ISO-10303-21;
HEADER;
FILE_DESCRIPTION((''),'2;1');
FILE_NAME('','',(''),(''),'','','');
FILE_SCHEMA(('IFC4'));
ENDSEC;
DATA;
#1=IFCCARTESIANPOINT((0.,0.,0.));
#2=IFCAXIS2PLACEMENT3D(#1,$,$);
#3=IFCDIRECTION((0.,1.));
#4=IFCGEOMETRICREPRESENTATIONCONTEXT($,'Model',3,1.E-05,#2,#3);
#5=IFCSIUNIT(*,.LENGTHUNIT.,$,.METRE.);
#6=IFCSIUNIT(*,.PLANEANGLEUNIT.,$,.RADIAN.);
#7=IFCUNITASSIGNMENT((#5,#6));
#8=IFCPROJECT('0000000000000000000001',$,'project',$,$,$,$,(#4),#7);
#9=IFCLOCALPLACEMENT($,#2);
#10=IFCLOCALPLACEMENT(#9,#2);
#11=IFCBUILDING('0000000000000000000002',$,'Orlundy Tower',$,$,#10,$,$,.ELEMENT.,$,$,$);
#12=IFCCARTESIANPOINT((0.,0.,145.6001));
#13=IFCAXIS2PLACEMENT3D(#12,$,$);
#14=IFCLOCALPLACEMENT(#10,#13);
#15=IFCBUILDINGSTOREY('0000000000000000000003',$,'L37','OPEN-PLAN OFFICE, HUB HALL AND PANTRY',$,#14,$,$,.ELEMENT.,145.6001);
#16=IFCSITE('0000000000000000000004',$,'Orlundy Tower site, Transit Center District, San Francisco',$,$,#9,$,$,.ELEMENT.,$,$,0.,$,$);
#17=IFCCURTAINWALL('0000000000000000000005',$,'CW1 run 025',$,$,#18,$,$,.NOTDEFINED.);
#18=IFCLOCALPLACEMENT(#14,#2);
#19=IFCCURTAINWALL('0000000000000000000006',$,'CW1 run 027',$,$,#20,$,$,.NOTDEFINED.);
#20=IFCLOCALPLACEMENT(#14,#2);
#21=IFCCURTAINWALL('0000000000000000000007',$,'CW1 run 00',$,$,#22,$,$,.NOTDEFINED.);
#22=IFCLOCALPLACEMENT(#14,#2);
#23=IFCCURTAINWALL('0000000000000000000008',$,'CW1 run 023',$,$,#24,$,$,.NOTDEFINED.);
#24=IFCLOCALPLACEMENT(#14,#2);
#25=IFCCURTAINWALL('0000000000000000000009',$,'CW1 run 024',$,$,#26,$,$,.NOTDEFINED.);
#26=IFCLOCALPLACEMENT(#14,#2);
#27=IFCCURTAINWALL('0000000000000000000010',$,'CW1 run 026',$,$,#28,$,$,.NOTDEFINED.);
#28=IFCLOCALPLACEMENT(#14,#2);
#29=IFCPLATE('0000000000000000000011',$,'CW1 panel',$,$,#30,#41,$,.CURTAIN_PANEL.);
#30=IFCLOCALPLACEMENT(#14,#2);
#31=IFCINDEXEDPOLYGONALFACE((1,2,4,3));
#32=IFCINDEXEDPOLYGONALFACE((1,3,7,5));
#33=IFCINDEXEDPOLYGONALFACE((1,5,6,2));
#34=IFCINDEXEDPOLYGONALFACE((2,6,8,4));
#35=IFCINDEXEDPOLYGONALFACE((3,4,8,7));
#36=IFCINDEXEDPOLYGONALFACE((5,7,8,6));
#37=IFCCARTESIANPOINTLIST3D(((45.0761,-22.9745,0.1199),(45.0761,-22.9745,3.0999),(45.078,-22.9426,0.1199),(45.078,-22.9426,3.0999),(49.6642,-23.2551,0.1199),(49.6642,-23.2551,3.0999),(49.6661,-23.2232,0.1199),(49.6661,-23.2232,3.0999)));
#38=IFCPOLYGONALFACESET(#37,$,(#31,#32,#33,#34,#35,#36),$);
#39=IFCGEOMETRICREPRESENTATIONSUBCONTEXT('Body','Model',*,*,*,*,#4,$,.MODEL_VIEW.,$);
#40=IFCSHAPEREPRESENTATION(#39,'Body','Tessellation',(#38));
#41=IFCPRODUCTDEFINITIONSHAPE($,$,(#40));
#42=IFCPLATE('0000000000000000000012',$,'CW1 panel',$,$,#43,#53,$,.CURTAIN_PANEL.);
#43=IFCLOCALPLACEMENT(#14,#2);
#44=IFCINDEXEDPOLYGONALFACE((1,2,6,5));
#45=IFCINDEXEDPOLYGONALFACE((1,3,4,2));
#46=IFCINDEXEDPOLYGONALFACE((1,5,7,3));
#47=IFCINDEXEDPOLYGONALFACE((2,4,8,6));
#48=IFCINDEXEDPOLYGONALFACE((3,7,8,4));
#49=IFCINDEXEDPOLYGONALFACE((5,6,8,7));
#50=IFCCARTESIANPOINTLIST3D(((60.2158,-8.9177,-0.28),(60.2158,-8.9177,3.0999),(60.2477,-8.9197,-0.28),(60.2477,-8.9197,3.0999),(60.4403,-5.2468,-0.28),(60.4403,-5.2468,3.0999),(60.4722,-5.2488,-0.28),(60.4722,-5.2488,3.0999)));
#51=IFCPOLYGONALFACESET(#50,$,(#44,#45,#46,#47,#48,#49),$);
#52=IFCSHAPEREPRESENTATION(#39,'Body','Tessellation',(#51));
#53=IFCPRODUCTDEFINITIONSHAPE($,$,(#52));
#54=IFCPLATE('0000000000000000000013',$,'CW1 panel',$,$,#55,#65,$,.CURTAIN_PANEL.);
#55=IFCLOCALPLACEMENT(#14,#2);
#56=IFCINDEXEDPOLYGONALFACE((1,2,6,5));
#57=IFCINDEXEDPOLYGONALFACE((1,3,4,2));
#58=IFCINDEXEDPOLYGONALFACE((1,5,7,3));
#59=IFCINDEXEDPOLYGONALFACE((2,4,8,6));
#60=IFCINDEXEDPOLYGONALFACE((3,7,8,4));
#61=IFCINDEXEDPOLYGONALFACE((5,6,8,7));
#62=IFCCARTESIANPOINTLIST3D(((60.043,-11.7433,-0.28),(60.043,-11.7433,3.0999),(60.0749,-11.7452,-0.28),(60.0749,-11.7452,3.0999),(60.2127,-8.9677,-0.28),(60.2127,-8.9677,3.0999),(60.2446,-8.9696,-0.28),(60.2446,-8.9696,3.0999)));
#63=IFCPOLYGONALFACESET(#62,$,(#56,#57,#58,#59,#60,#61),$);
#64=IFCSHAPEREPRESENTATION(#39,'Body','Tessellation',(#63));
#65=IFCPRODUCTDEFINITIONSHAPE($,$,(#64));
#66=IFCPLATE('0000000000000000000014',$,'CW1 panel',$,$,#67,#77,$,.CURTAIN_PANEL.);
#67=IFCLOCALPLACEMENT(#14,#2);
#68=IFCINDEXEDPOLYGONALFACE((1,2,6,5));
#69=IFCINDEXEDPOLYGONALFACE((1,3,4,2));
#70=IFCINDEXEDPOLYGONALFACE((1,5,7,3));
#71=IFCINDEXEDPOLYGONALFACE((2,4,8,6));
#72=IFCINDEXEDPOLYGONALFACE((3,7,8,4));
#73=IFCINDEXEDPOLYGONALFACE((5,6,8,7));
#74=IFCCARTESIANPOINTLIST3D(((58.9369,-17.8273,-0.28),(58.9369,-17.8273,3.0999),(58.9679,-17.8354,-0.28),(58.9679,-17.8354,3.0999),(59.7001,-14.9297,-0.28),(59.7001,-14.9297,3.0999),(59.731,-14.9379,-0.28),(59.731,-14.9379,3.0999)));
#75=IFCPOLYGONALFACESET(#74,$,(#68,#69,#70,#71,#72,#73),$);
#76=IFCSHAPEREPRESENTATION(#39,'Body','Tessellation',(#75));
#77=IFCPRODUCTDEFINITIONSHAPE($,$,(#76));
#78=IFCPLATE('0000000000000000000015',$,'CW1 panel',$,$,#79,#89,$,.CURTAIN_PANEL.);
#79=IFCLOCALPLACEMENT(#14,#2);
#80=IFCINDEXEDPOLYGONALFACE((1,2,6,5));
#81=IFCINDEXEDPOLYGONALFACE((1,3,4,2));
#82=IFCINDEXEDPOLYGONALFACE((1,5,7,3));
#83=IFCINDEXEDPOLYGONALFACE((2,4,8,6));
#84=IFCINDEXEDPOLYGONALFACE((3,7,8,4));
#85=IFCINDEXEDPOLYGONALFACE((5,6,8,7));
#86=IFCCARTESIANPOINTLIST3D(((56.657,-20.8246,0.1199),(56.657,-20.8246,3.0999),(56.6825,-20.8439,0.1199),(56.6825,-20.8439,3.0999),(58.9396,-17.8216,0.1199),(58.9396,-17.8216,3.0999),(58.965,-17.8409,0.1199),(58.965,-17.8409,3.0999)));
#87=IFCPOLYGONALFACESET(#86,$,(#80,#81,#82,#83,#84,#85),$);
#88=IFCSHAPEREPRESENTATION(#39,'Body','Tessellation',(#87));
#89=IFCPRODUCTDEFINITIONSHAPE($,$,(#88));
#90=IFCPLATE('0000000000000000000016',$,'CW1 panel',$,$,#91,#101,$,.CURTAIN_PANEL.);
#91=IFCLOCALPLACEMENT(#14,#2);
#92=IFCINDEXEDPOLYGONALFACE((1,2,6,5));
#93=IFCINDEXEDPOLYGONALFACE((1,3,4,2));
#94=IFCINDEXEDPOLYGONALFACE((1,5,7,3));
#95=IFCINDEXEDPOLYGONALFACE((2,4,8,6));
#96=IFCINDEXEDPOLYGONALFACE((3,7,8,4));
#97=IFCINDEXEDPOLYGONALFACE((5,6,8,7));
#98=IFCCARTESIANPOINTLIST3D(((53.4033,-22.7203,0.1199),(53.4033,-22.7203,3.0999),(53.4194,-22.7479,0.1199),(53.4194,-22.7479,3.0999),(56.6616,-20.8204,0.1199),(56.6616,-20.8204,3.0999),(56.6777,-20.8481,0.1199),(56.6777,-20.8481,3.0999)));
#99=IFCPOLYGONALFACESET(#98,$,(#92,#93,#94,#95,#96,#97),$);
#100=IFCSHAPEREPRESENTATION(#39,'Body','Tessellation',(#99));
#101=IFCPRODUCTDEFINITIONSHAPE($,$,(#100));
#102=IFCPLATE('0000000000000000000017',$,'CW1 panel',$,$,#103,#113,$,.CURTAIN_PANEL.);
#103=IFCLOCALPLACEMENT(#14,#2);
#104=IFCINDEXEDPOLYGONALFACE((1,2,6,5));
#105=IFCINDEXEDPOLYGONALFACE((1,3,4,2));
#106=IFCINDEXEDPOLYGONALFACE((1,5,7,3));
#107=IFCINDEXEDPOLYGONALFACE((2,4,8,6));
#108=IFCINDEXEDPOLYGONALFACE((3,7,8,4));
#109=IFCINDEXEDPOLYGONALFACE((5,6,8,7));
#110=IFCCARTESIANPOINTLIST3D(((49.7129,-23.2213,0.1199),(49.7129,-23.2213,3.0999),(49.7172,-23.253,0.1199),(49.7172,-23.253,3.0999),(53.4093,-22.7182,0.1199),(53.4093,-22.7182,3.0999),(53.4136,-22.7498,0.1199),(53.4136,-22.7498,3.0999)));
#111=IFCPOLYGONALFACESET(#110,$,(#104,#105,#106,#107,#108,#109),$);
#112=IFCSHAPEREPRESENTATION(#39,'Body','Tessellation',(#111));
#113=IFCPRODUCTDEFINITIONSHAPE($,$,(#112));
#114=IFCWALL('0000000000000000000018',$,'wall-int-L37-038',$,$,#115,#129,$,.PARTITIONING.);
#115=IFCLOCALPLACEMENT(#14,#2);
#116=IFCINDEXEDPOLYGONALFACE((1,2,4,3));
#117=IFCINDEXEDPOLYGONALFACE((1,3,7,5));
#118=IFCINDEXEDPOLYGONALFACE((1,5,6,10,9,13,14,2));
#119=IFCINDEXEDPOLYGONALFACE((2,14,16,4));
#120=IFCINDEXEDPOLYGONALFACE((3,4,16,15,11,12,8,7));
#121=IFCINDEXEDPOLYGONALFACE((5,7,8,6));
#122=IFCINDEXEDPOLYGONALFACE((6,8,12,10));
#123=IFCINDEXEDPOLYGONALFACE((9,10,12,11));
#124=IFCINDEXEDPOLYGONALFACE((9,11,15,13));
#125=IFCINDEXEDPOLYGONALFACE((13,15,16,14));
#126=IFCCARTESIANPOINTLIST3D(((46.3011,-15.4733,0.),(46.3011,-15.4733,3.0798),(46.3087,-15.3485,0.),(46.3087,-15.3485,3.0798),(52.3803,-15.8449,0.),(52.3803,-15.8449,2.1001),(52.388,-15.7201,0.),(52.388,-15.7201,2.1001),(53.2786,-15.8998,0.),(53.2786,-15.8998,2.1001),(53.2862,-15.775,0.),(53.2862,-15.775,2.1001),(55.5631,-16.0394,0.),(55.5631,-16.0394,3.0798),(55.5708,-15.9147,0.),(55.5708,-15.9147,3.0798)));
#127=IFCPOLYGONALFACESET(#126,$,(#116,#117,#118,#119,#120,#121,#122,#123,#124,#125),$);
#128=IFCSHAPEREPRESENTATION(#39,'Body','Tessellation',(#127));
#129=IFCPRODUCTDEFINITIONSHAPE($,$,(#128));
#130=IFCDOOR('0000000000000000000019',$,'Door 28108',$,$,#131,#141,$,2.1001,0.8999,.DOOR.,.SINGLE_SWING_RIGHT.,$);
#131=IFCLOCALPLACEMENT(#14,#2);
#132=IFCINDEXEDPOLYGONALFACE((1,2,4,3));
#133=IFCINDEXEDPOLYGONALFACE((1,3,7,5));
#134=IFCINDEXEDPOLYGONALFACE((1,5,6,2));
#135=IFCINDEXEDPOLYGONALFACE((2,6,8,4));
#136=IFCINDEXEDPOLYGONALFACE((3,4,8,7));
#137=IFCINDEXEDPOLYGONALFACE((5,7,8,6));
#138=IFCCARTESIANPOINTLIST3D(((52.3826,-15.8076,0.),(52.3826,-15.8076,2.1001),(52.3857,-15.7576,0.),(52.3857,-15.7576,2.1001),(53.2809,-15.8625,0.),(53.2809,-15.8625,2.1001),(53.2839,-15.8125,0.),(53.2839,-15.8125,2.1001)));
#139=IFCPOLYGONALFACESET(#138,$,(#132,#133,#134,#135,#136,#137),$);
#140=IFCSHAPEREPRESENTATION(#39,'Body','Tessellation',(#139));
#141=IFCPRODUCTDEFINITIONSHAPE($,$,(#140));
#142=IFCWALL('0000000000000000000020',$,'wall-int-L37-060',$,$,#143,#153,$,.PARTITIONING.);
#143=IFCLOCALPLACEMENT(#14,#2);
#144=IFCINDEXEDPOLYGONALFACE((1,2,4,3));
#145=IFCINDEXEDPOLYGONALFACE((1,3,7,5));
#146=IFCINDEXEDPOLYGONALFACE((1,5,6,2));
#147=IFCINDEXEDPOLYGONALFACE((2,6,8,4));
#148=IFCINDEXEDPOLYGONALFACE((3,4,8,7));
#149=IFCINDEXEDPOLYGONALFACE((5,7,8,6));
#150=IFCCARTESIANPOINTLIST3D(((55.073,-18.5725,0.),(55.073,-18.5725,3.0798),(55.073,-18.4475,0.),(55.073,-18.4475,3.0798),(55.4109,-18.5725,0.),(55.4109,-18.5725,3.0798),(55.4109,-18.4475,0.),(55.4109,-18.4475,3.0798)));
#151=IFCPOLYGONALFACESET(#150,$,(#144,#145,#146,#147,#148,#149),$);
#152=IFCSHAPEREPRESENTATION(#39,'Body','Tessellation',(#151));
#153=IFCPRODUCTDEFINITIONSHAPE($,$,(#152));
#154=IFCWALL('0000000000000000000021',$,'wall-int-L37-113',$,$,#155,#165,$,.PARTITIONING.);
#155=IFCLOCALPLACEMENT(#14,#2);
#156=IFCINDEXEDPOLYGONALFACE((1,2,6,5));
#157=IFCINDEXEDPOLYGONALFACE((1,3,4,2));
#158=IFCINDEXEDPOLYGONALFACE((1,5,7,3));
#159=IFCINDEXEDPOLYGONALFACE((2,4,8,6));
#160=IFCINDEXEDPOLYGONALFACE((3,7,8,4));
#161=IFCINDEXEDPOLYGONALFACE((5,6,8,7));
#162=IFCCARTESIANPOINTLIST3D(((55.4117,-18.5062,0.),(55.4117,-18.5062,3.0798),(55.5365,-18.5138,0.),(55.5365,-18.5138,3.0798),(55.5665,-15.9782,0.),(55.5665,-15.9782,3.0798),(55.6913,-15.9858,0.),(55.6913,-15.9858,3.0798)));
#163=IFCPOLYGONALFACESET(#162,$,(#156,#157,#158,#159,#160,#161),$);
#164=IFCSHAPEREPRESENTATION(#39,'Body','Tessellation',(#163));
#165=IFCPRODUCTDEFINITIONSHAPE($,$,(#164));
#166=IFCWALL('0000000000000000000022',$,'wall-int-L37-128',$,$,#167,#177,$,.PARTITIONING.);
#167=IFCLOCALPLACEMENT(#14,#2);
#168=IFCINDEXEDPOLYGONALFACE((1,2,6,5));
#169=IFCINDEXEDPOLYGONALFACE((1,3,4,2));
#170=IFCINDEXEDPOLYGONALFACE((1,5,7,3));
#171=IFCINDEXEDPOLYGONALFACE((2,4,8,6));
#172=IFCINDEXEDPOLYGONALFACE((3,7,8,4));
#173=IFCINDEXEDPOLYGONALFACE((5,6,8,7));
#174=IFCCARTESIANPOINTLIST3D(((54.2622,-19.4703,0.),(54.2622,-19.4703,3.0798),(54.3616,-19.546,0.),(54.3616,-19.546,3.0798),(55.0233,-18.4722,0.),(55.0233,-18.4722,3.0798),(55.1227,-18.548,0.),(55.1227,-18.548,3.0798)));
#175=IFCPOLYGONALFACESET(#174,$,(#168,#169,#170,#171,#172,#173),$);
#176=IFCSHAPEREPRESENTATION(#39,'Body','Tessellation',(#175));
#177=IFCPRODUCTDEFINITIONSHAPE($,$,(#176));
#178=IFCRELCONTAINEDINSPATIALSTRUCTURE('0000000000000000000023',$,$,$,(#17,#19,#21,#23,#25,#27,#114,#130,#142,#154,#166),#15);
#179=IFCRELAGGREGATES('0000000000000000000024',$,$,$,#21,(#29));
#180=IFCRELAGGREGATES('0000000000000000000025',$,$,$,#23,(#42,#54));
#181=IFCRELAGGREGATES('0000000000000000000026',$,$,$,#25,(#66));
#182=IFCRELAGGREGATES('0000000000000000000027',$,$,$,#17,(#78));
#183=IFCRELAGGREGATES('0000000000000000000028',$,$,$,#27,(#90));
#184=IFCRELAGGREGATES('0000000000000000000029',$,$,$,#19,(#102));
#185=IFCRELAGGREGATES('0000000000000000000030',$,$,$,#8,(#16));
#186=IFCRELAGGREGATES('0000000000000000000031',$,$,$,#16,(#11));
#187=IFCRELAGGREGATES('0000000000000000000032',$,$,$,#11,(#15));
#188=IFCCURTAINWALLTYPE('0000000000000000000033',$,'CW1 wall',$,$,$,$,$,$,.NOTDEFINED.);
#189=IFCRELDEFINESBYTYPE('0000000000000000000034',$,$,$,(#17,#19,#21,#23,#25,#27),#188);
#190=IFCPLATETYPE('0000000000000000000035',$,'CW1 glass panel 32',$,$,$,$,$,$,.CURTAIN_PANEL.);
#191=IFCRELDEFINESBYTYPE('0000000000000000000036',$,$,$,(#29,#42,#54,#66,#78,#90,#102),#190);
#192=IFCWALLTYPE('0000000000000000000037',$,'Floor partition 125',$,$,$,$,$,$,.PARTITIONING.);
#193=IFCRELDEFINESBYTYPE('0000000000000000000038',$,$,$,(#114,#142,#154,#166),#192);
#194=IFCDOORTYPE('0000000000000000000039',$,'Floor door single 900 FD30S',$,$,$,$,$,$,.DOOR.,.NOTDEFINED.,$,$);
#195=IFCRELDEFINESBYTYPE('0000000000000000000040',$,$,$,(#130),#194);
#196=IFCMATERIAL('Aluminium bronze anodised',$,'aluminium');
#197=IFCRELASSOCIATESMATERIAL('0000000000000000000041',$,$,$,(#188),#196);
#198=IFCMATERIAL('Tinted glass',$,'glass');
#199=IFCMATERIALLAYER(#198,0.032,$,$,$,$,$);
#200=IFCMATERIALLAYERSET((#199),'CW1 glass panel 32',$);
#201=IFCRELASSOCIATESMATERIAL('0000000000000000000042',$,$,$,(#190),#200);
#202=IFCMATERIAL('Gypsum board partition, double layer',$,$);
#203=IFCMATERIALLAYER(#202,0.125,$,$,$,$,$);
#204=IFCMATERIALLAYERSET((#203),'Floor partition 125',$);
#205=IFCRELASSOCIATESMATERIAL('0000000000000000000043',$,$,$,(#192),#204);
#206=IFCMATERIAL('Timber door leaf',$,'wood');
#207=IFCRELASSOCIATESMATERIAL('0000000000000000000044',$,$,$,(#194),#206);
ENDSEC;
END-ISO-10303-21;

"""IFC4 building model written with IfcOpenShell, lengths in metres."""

from ifc_helpers import new_model, si_unit, direction, frame, frame_2d, origin, origin_2d, place, context, subcontext, project, spatial, rectangle, extrude, material, layer, layer_set, type_object, element, fill, aggregate, save


model = new_model("IFC4")

# Units and contexts
model_context = context("Model", 3, precision=1e-05, world=origin(), true_north=direction((0.0, 1.0)))
body_context = subcontext(model_context, "Body", "Model", "MODEL_VIEW")
ifc_project = project(units=[si_unit("LENGTHUNIT", "METRE"), si_unit("PLANEANGLEUNIT", "RADIAN")], contexts=[model_context])

# Site, building, storey
site_placement = place(None, origin())
site = spatial("IfcSite", under=ifc_project, at=site_placement, Name="Orlundy Tower site, Transit Center District, San Francisco", CompositionType="ELEMENT", RefElevation=0.0)
building_placement = place(site_placement, origin())
building = spatial("IfcBuilding", under=site, at=building_placement, Name="Orlundy Tower", CompositionType="ELEMENT")
storey_placement = place(building_placement, frame((0.0, 0.0, 145.6001)))
storey = spatial("IfcBuildingStorey", under=building, at=storey_placement, Name="L37", Description="OPEN-PLAN OFFICE, HUB HALL AND PANTRY", CompositionType="ELEMENT", Elevation=145.6001)

# Curtain walls
ifc_material_1 = material(Name="Aluminium bronze anodised", Category="aluminium")
curtain_wall_type = type_object("IfcCurtainWallType", Name="CW1 wall", PredefinedType="NOTDEFINED", material=ifc_material_1)
curtain_wall_1_placement = place(storey_placement, origin())
curtain_wall_1 = element("IfcCurtainWall", 1, at=curtain_wall_1_placement, inside=storey, type_object=curtain_wall_type, Name="CW1 run 025", PredefinedType="NOTDEFINED")
curtain_wall_2_placement = place(storey_placement, origin())
curtain_wall_2 = element("IfcCurtainWall", 2, at=curtain_wall_2_placement, inside=storey, type_object=curtain_wall_type, Name="CW1 run 027", PredefinedType="NOTDEFINED")

# Curtain wall
curtain_wall_3_placement = place(storey_placement, origin())
curtain_wall_3 = element("IfcCurtainWall", 3, at=curtain_wall_3_placement, inside=storey, type_object=curtain_wall_type, Name="CW1 run 00", PredefinedType="NOTDEFINED")

# Curtain wall
curtain_wall_4_placement = place(storey_placement, origin())
curtain_wall_4 = element("IfcCurtainWall", 4, at=curtain_wall_4_placement, inside=storey, type_object=curtain_wall_type, Name="CW1 run 023", PredefinedType="NOTDEFINED")

# Curtain wall
curtain_wall_5_placement = place(storey_placement, origin())
curtain_wall_5 = element("IfcCurtainWall", 5, at=curtain_wall_5_placement, inside=storey, type_object=curtain_wall_type, Name="CW1 run 024", PredefinedType="NOTDEFINED")

# Curtain wall
curtain_wall_6_placement = place(storey_placement, origin())
curtain_wall_6 = element("IfcCurtainWall", 6, at=curtain_wall_6_placement, inside=storey, type_object=curtain_wall_type, Name="CW1 run 026", PredefinedType="NOTDEFINED")

# Plates
ifc_material_2 = material(Name="Tinted glass", Category="glass")
ifc_layer_1 = layer(ifc_material_2, 0.032)
ifc_layer_set_1 = layer_set([ifc_layer_1], Name="CW1 glass panel 32")
plate_type = type_object("IfcPlateType", Name="CW1 glass panel 32", PredefinedType="CURTAIN_PANEL", material=ifc_layer_set_1)
plate_1_placement = place(storey_placement, frame((47.3711, -23.0989, 0.1199), z_axis=(0.0, 0.0, 1.0), x_axis=(-0.998135, 0.061043, 0.0)))
plate_1 = element("IfcPlate", 7, at=plate_1_placement, type_object=plate_type, Name="CW1 panel", PredefinedType="CURTAIN_PANEL", context=body_context, shape_type="SweptSolid", body=[
    extrude(rectangle(XDim=4.5967, YDim=0.032, at=origin_2d()), origin(), (0.0, 0.0, 1.0), 2.98),
])
aggregate(curtain_wall_3, [plate_1])
plate_2_placement = place(storey_placement, frame((60.344, -7.0833, -0.28), z_axis=(0.0, 0.0, 1.0), x_axis=(-0.061047, -0.998135, 0.0)))
plate_2 = element("IfcPlate", 8, at=plate_2_placement, type_object=plate_type, Name="CW1 panel", PredefinedType="CURTAIN_PANEL", context=body_context, shape_type="SweptSolid", body=[
    extrude(rectangle(XDim=3.6777, YDim=0.032, at=origin_2d()), origin(), (0.0, 0.0, 1.0), 3.3799),
])
plate_3_placement = place(storey_placement, frame((60.1438, -10.3564, -0.28), z_axis=(0.0, 0.0, 1.0), x_axis=(-0.061047, -0.998135, 0.0)))
plate_3 = element("IfcPlate", 9, at=plate_3_placement, type_object=plate_type, Name="CW1 panel", PredefinedType="CURTAIN_PANEL", context=body_context, shape_type="SweptSolid", body=[
    extrude(rectangle(XDim=2.7808, YDim=0.032, at=origin_2d()), origin(), (0.0, 0.0, 1.0), 3.3799),
])
aggregate(curtain_wall_4, [plate_2, plate_3])
plate_4_placement = place(storey_placement, frame((59.334, -16.3826, -0.28), z_axis=(0.0, 0.0, 1.0), x_axis=(-0.254706, -0.967019, 0.0)))
plate_4 = element("IfcPlate", 10, at=plate_4_placement, type_object=plate_type, Name="CW1 panel", PredefinedType="CURTAIN_PANEL", context=body_context, shape_type="SweptSolid", body=[
    extrude(rectangle(XDim=2.9963, YDim=0.032, at=origin_2d()), origin(), (0.0, 0.0, 1.0), 3.3799),
])
aggregate(curtain_wall_5, [plate_4])
plate_5_placement = place(storey_placement, frame((57.811, -19.3328, 0.1199), z_axis=(0.0, 0.0, 1.0), x_axis=(-0.605124, -0.796131, 0.0)))
plate_5 = element("IfcPlate", 11, at=plate_5_placement, type_object=plate_type, Name="CW1 panel", PredefinedType="CURTAIN_PANEL", context=body_context, shape_type="SweptSolid", body=[
    extrude(rectangle(XDim=3.772, YDim=0.032, at=origin_2d()), origin(), (0.0, 0.0, 1.0), 2.98),
])
aggregate(curtain_wall_1, [plate_5])
plate_6_placement = place(storey_placement, frame((55.0405, -21.7842, 0.1199), z_axis=(0.0, 0.0, 1.0), x_axis=(-0.863877, -0.503703, 0.0)))
plate_6 = element("IfcPlate", 12, at=plate_6_placement, type_object=plate_type, Name="CW1 panel", PredefinedType="CURTAIN_PANEL", context=body_context, shape_type="SweptSolid", body=[
    extrude(rectangle(XDim=3.7717, YDim=0.032, at=origin_2d()), origin(), (0.0, 0.0, 1.0), 2.98),
])
aggregate(curtain_wall_6, [plate_6])
plate_7_placement = place(storey_placement, frame((51.5632, -22.9856, 0.1199), z_axis=(0.0, 0.0, 1.0), x_axis=(-0.990861, -0.134884, 0.0)))
plate_7 = element("IfcPlate", 13, at=plate_7_placement, type_object=plate_type, Name="CW1 panel", PredefinedType="CURTAIN_PANEL", context=body_context, shape_type="SweptSolid", body=[
    extrude(rectangle(XDim=3.7305, YDim=0.032, at=origin_2d()), origin(), (0.0, 0.0, 1.0), 2.98),
])
aggregate(curtain_wall_2, [plate_7])

# Wall, opening, door
ifc_material_3 = material(Name="Gypsum board partition, double layer")
ifc_layer_2 = layer(ifc_material_3, 0.125)
ifc_layer_set_2 = layer_set([ifc_layer_2], Name="Floor partition 125")
wall_type_1 = type_object("IfcWallType", Name="Floor partition 125", PredefinedType="PARTITIONING", material=ifc_layer_set_2)
wall_1_placement = place(storey_placement, frame((46.3049, -15.4109, 0.0), z_axis=(0.0, 0.0, 1.0), x_axis=(0.998137, -0.061014, 0.0)))
wall_1 = element("IfcWall", 14, at=wall_1_placement, inside=storey, type_object=wall_type_1, Name="wall-int-L37-038", PredefinedType="PARTITIONING", context=body_context, shape_type="SweptSolid", body=[
    extrude(rectangle(XDim=9.2793, YDim=0.125, at=frame_2d((4.6396, 0.0))), origin(), (0.0, 0.0, 1.0), 3.0798),
])
opening_1_placement = place(wall_1_placement, frame((6.0906, 0.0, 0.0)))
opening_1 = element("IfcOpeningElement", 15, at=opening_1_placement, cuts=wall_1, PredefinedType="OPENING", context=body_context, shape_type="SweptSolid", body=[
    extrude(rectangle(XDim=0.8999, YDim=2.1001, at=frame_2d((0.45, 1.05))), frame((0.0, 0.0725, 0.0), z_axis=(0.0, -1.0, 0.0), x_axis=(1.0, 0.0, 0.0)), (0.0, 0.0, 1.0), 0.145),
])
ifc_material_4 = material(Name="Timber door leaf", Category="wood")
door_type_1 = type_object("IfcDoorType", Name="Floor door single 900 FD30S", OperationType="NOTDEFINED", PredefinedType="DOOR", material=ifc_material_4)
door_1_placement = place(opening_1_placement, origin())
door_1 = element("IfcDoor", 16, at=door_1_placement, inside=storey, type_object=door_type_1, Name="Door 28108", OperationType="SINGLE_SWING_RIGHT", OverallHeight=2.1001, OverallWidth=0.8999, PredefinedType="DOOR", context=body_context, shape_type="SweptSolid", body=[
    extrude(rectangle(XDim=0.8999, YDim=2.1001, at=frame_2d((0.45, 1.05))), frame((0.0, 0.0249, 0.0), z_axis=(0.0, -1.0, 0.0), x_axis=(1.0, 0.0, 0.0)), (0.0, 0.0, 1.0), 0.05),
])
fill(opening_1, door_1)

# Walls
wall_2_placement = place(storey_placement, frame((55.073, -18.51, 0.0), z_axis=(0.0, 0.0, 1.0), x_axis=(1.0, 0.0, 0.0)))
element("IfcWall", 17, at=wall_2_placement, inside=storey, type_object=wall_type_1, Name="wall-int-L37-060", PredefinedType="PARTITIONING", context=body_context, shape_type="SweptSolid", body=[
    extrude(rectangle(XDim=0.3379, YDim=0.125, at=frame_2d((0.1689, 0.0))), origin(), (0.0, 0.0, 1.0), 3.0798),
])
wall_3_placement = place(storey_placement, frame((55.4741, -18.51, 0.0), z_axis=(0.0, 0.0, 1.0), x_axis=(0.061112, 0.998131, 0.0)))
element("IfcWall", 18, at=wall_3_placement, inside=storey, type_object=wall_type_1, Name="wall-int-L37-113", PredefinedType="PARTITIONING", context=body_context, shape_type="SweptSolid", body=[
    extrude(rectangle(XDim=2.5327, YDim=0.125, at=frame_2d((1.2664, 0.0))), origin(), (0.0, 0.0, 1.0), 3.0798),
])
wall_4_placement = place(storey_placement, frame((54.312, -19.5081, 0.0), z_axis=(0.0, 0.0, 1.0), x_axis=(0.60633, 0.795213, 0.0)))
element("IfcWall", 19, at=wall_4_placement, inside=storey, type_object=wall_type_1, Name="wall-int-L37-128", PredefinedType="PARTITIONING", context=body_context, shape_type="SweptSolid", body=[
    extrude(rectangle(XDim=1.2551, YDim=0.125, at=frame_2d((0.6274, 0.0))), origin(), (0.0, 0.0, 1.0), 3.0798),
])

save(model, "model.ifc")
